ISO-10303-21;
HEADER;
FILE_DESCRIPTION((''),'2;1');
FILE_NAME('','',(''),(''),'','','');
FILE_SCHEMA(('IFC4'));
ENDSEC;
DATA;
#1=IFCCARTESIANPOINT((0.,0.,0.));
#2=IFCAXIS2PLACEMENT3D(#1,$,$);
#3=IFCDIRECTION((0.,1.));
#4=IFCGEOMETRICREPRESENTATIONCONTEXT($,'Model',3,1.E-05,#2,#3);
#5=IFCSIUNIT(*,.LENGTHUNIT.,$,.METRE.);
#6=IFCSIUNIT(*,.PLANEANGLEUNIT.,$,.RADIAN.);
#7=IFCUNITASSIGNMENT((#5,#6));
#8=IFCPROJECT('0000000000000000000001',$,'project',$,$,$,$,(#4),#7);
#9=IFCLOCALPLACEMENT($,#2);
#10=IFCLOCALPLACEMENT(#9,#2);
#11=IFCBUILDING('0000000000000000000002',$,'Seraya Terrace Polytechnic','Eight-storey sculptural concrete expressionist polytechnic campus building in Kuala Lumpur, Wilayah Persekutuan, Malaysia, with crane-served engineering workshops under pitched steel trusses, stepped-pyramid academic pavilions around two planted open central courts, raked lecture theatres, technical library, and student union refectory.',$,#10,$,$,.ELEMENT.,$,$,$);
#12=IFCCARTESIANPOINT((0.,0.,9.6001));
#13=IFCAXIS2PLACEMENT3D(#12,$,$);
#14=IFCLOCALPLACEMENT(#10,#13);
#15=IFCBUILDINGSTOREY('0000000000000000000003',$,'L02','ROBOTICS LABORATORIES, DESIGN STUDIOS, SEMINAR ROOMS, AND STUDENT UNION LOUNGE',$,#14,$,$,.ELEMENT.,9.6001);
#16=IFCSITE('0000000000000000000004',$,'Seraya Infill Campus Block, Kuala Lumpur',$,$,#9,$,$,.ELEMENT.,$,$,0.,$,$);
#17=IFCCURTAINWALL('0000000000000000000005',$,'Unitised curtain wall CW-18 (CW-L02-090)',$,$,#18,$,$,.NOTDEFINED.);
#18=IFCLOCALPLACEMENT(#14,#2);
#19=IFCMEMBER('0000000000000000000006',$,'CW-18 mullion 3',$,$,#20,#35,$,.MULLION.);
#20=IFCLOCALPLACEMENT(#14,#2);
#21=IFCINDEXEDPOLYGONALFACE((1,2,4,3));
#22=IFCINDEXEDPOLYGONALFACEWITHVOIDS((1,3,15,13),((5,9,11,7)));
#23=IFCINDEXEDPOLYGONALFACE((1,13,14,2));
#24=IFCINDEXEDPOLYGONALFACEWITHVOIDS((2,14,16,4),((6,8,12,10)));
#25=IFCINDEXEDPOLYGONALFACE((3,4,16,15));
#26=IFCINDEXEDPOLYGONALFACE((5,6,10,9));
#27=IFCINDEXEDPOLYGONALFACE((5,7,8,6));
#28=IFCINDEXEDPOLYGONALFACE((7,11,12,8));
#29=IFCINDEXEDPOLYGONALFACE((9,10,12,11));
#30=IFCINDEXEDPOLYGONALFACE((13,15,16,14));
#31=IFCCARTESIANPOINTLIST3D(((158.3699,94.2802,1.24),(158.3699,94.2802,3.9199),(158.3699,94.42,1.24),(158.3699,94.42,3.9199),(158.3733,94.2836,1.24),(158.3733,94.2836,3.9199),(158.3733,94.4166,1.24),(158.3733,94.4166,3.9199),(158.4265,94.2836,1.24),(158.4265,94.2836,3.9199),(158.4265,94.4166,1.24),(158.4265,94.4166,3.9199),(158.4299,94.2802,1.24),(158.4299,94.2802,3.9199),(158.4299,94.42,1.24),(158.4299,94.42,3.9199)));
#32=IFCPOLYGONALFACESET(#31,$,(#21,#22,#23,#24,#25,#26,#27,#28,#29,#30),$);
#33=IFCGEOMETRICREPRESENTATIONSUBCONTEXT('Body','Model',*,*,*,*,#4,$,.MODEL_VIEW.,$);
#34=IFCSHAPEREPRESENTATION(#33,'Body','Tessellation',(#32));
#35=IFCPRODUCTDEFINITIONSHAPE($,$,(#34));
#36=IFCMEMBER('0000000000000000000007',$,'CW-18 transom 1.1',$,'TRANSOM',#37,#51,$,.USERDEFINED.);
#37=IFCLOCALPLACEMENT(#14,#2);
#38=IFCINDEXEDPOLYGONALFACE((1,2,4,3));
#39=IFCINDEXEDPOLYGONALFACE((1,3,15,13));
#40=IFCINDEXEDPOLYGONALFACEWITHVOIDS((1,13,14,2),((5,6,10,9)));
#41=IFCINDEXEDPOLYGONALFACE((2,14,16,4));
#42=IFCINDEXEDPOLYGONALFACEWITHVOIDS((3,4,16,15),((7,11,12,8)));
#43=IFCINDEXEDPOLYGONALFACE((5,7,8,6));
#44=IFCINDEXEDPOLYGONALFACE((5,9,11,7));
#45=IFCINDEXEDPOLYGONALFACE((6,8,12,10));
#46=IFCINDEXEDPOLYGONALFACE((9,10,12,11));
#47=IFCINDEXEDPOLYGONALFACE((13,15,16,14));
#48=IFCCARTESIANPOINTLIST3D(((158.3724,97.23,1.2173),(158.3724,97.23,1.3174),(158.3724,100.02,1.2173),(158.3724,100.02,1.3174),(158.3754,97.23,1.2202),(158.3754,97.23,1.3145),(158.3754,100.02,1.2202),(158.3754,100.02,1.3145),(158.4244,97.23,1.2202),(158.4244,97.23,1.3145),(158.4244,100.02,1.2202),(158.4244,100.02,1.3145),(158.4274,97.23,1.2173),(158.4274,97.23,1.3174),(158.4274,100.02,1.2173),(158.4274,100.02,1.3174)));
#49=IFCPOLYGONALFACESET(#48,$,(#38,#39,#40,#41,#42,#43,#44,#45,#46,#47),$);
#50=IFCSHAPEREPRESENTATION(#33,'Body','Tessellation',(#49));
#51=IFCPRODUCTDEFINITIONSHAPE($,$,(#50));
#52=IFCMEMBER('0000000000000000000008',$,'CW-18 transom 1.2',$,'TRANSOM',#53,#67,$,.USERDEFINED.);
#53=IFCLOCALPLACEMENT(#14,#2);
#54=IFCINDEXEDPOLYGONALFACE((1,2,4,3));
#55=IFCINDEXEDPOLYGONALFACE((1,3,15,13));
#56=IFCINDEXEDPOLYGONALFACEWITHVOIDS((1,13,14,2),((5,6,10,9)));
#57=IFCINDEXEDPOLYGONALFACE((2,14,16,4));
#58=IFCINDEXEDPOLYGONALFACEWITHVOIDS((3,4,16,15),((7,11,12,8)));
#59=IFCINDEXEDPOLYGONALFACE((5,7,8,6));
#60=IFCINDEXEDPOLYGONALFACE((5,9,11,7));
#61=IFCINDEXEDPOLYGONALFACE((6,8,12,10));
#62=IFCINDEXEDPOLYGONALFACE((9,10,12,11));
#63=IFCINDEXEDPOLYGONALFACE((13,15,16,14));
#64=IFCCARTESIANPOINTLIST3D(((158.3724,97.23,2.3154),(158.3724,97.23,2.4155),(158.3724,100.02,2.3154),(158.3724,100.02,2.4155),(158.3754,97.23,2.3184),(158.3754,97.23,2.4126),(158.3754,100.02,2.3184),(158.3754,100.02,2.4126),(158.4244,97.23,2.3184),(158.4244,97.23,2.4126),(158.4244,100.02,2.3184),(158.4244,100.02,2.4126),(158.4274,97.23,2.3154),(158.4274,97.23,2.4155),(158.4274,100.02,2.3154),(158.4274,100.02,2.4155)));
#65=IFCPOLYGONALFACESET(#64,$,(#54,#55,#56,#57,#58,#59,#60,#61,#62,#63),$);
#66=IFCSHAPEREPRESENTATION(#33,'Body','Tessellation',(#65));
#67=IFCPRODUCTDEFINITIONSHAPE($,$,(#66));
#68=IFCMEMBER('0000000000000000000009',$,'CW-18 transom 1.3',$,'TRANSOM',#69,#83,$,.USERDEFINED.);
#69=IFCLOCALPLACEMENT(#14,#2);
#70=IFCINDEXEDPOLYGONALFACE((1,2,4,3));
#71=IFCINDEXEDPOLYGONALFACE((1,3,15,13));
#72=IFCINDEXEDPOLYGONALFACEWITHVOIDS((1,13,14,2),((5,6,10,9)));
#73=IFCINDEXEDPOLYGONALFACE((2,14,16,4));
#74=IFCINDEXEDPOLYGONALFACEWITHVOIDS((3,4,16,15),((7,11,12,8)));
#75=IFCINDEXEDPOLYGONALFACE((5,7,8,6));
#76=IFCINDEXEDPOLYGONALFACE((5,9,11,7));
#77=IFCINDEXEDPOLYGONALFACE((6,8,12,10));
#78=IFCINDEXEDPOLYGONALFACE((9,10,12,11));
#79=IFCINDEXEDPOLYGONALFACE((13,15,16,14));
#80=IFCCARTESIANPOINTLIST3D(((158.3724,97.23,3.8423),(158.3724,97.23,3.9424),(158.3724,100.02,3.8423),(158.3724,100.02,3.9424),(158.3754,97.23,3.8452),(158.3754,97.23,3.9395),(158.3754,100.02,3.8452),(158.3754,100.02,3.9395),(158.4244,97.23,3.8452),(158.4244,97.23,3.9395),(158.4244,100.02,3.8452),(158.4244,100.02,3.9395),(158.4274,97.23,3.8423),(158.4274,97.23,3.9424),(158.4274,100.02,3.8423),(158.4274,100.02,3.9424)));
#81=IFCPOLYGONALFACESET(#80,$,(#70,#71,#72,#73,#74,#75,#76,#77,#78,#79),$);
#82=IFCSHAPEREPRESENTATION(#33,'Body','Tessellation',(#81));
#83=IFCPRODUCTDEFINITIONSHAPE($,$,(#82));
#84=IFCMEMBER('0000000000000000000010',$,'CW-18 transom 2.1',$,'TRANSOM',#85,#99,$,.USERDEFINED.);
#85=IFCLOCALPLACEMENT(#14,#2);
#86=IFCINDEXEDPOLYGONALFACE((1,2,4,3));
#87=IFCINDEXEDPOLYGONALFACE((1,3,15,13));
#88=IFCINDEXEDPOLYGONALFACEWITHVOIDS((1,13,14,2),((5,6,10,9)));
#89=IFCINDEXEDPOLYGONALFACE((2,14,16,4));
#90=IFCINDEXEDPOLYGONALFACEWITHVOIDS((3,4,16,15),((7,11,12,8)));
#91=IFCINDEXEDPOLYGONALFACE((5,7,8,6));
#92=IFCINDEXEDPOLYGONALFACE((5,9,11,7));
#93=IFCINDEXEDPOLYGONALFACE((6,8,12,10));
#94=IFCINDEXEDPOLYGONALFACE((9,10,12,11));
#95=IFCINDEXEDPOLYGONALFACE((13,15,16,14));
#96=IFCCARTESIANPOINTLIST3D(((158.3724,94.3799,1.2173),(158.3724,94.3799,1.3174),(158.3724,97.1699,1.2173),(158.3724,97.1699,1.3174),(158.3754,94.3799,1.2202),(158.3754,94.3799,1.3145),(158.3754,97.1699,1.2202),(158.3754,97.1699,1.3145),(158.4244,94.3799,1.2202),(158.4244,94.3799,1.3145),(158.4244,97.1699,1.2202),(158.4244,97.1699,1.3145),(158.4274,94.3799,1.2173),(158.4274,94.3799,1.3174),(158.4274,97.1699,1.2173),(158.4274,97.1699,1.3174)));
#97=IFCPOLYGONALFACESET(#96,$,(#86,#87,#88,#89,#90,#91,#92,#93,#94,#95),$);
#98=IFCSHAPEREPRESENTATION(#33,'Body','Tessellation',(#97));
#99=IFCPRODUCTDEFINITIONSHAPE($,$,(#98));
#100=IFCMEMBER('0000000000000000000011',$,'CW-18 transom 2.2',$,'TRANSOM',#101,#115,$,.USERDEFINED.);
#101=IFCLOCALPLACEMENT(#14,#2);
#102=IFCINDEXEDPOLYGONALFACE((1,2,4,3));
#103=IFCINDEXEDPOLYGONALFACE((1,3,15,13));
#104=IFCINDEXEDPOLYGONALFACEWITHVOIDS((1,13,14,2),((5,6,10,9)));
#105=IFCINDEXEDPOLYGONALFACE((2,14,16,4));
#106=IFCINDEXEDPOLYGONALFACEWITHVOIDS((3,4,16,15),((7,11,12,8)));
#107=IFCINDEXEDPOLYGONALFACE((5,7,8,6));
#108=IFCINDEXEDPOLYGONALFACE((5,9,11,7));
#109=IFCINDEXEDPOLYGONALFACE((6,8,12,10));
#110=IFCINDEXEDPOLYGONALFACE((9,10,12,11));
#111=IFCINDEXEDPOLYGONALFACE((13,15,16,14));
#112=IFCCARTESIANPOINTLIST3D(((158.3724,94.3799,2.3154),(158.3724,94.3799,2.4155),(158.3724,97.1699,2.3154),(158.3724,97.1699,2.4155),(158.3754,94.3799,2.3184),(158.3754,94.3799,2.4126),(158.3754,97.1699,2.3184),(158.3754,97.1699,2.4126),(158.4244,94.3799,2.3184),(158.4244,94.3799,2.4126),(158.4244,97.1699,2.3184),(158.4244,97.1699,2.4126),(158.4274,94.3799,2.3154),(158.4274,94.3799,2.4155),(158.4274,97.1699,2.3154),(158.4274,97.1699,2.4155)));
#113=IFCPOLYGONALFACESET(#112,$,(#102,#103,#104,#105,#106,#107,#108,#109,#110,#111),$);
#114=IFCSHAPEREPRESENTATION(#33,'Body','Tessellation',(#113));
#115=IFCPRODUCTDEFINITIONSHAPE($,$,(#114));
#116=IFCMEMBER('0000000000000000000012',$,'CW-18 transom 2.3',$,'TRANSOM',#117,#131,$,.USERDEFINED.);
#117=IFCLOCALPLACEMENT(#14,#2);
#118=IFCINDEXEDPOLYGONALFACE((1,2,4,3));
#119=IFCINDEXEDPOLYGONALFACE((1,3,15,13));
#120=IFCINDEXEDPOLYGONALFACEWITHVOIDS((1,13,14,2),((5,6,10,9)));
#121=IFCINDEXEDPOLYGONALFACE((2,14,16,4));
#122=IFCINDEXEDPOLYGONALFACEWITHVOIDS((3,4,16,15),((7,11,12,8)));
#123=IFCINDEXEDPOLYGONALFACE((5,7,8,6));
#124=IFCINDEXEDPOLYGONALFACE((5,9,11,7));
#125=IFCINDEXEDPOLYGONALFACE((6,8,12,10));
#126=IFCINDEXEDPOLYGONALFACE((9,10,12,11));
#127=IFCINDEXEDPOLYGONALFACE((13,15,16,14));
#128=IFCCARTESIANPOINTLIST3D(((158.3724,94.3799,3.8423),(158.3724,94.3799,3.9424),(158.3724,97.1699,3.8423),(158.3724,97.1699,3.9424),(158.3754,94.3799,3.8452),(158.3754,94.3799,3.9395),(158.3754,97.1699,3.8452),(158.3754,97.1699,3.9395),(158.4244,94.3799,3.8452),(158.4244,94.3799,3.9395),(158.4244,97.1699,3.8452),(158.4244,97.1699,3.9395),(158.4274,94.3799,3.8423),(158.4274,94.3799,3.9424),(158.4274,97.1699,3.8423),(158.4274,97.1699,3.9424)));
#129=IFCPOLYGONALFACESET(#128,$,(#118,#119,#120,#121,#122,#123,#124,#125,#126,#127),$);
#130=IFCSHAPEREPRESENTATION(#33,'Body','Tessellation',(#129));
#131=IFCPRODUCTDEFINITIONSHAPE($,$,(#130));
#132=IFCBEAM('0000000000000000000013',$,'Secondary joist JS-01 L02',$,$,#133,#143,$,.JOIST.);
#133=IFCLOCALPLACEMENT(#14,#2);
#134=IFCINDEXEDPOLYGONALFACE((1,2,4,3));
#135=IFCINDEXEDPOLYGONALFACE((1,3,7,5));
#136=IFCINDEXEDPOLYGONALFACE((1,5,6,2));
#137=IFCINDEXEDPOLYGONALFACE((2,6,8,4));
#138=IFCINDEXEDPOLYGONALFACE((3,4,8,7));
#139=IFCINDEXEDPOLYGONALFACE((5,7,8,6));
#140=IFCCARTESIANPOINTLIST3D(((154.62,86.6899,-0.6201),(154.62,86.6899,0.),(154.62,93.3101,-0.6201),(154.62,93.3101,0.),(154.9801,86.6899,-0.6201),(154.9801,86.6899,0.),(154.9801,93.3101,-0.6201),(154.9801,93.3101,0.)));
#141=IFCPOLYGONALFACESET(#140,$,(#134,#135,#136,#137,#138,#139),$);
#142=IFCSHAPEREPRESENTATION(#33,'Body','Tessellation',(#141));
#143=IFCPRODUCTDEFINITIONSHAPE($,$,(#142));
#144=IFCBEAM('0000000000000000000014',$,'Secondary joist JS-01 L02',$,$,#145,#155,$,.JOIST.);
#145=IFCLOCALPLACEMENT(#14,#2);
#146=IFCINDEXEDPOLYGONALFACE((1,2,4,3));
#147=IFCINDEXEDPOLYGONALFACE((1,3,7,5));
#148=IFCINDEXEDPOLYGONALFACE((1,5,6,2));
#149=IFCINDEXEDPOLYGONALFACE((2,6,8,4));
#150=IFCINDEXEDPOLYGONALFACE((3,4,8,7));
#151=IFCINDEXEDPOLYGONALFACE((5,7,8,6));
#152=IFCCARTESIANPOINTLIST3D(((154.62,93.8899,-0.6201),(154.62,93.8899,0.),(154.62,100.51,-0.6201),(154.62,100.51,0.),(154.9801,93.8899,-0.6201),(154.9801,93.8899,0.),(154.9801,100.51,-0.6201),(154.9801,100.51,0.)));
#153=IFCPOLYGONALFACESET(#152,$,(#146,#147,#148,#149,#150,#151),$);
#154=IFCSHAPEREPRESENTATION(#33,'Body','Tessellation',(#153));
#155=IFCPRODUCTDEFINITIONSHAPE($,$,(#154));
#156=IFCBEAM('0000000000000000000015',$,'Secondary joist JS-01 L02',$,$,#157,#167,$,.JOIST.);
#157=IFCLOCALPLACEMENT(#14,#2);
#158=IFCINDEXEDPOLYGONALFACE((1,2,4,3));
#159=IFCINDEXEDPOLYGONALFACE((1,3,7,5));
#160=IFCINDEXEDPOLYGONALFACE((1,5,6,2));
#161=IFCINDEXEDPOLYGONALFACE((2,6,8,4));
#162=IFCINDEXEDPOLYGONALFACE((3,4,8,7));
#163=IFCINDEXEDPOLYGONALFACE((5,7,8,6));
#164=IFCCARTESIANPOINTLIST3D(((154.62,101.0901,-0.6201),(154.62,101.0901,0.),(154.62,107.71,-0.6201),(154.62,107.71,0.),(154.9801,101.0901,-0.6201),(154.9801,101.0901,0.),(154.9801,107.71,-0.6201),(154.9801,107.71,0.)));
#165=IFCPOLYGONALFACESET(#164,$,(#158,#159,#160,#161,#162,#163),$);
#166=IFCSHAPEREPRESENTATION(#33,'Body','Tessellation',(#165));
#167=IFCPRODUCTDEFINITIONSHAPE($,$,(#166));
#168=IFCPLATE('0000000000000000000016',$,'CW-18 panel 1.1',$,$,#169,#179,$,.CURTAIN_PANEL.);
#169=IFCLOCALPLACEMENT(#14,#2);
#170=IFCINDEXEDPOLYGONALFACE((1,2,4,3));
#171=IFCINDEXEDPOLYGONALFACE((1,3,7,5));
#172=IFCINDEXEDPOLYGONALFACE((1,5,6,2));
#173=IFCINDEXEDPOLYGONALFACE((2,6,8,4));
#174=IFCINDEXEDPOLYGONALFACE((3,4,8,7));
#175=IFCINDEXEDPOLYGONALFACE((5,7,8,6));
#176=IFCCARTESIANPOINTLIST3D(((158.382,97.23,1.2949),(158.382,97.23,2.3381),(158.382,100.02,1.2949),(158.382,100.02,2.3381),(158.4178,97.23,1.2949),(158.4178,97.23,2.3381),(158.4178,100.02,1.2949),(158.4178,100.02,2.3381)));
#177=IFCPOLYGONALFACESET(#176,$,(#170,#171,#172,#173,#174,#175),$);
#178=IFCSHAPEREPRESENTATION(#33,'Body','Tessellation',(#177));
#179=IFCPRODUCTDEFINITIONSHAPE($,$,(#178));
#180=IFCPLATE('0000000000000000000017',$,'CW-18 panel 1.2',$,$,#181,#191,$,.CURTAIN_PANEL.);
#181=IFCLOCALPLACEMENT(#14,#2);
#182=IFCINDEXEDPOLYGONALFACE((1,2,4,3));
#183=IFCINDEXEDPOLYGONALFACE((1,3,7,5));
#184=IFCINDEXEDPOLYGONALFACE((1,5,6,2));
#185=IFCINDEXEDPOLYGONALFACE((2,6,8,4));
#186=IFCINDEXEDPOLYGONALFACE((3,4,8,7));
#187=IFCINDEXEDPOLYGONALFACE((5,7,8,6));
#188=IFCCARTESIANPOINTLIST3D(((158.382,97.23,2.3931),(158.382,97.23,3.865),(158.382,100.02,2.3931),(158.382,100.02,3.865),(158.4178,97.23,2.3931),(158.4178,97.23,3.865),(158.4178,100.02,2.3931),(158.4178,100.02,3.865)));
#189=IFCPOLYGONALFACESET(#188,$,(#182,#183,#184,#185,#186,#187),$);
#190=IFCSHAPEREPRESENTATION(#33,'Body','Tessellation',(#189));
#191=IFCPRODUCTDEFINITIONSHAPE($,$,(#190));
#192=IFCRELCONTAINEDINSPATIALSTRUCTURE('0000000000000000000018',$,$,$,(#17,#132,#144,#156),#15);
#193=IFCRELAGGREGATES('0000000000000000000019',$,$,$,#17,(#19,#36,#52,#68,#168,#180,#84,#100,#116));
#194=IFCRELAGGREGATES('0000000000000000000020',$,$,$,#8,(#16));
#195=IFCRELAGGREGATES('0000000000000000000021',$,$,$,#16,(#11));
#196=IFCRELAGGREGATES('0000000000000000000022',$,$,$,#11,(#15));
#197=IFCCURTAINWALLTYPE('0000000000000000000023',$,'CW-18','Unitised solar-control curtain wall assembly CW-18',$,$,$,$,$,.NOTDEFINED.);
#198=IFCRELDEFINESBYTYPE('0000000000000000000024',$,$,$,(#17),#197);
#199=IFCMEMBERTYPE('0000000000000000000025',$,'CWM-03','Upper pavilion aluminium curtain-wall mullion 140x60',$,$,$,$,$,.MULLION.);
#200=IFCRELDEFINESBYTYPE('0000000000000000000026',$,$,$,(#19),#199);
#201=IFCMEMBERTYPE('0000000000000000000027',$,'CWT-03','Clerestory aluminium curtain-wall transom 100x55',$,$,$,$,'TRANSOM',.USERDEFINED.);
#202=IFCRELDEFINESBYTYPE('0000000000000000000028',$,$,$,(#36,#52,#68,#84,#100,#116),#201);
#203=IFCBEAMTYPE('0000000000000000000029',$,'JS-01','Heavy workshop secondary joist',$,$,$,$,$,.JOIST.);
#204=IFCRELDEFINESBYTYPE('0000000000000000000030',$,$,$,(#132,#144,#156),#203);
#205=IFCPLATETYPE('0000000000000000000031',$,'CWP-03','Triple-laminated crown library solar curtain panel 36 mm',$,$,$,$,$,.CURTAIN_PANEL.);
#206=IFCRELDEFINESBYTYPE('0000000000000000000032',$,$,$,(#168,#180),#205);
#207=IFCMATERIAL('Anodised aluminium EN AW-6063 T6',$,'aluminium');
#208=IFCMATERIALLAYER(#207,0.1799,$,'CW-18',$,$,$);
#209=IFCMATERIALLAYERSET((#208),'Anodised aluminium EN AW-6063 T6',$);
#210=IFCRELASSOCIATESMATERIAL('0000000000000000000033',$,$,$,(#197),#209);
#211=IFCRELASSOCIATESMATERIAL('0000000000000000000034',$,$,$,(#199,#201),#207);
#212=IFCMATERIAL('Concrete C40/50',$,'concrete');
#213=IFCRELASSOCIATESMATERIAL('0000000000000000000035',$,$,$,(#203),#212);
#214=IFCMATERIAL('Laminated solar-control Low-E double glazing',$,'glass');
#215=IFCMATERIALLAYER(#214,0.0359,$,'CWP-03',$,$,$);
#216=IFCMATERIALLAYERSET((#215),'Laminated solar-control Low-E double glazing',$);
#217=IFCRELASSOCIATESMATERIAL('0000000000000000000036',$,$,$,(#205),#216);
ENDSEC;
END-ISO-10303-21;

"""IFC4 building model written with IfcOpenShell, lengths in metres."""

from ifc_helpers import new_model, si_unit, direction, frame, origin, origin_2d, place, context, subcontext, project, spatial, rectangle, hollow_rectangle, extrude, material, layer, layer_set, material_profile, profile_set, type_object, element, aggregate, save


model = new_model("IFC4")

# Units and contexts
model_context = context("Model", 3, precision=1e-05, world=origin(), true_north=direction((0.0, 1.0)))
body_context = subcontext(model_context, "Body", "Model", "MODEL_VIEW")
ifc_project = project(units=[si_unit("LENGTHUNIT", "METRE"), si_unit("PLANEANGLEUNIT", "RADIAN")], contexts=[model_context])

# Site, building, storey
site_placement = place(None, origin())
site = spatial("IfcSite", under=ifc_project, at=site_placement, Name="Seraya Infill Campus Block, Kuala Lumpur", CompositionType="ELEMENT", RefElevation=0.0)
building_placement = place(site_placement, origin())
building = spatial("IfcBuilding", under=site, at=building_placement, Name="Seraya Terrace Polytechnic", Description="Eight-storey sculptural concrete expressionist polytechnic campus building in Kuala Lumpur, Wilayah Persekutuan, Malaysia, with crane-served engineering workshops under pitched steel trusses, stepped-pyramid academic pavilions around two planted open central courts, raked lecture theatres, technical library, and student union refectory.", CompositionType="ELEMENT")
storey_placement = place(building_placement, frame((0.0, 0.0, 9.6001)))
storey = spatial("IfcBuildingStorey", under=building, at=storey_placement, Name="L02", Description="ROBOTICS LABORATORIES, DESIGN STUDIOS, SEMINAR ROOMS, AND STUDENT UNION LOUNGE", CompositionType="ELEMENT", Elevation=9.6001)

# Shared definitions
ifc_material_1 = material(Name="Concrete C40/50", Category="concrete")

# Curtain wall, members
ifc_material_2 = material(Name="Anodised aluminium EN AW-6063 T6", Category="aluminium")
ifc_layer_1 = layer(ifc_material_2, 0.1799, Name="CW-18")
ifc_layer_set_1 = layer_set([ifc_layer_1], Name="Anodised aluminium EN AW-6063 T6")
curtain_wall_type = type_object("IfcCurtainWallType", Name="CW-18", Description="Unitised solar-control curtain wall assembly CW-18", PredefinedType="NOTDEFINED", material=ifc_layer_set_1)
curtain_wall_placement = place(storey_placement, origin())
curtain_wall = element("IfcCurtainWall", 1, at=curtain_wall_placement, inside=storey, type_object=curtain_wall_type, Name="Unitised curtain wall CW-18 (CW-L02-090)", PredefinedType="NOTDEFINED")
ifc_material_profile_1 = material_profile(ifc_material_2, hollow_rectangle(XDim=0.0601, YDim=0.1399, WallThickness=0.0034, at=origin_2d()), Name="RHS 140x60x3.5")
ifc_profile_set_1 = profile_set([ifc_material_profile_1], Name="Anodised aluminium EN AW-6063 T6")
member_type_1 = type_object("IfcMemberType", Name="CWM-03", Description="Upper pavilion aluminium curtain-wall mullion 140x60", PredefinedType="MULLION", material=ifc_profile_set_1)
member_1_placement = place(storey_placement, frame((158.3999, 94.3501, 1.24), z_axis=(0.0, 0.0, 1.0), x_axis=(1.0, 0.0, 0.0)))
member_1 = element("IfcMember", 2, at=member_1_placement, type_object=member_type_1, Name="CW-18 mullion 3", PredefinedType="MULLION", context=body_context, shape_type="SweptSolid", body=[
    extrude(hollow_rectangle(XDim=0.0601, YDim=0.1399, WallThickness=0.0034, at=origin_2d()), origin(), (0.0, 0.0, 1.0), 2.6799),
])
ifc_material_profile_2 = material_profile(ifc_material_2, hollow_rectangle(XDim=0.0549, YDim=0.1001, WallThickness=0.0029, at=origin_2d()), Name="RHS 100x55x3.0")
ifc_profile_set_2 = profile_set([ifc_material_profile_2], Name="Anodised aluminium EN AW-6063 T6")
member_type_2 = type_object("IfcMemberType", Name="CWT-03", Description="Clerestory aluminium curtain-wall transom 100x55", ElementType="TRANSOM", PredefinedType="USERDEFINED", material=ifc_profile_set_2)
member_2_placement = place(storey_placement, frame((158.3999, 100.02, 1.2673), z_axis=(0.0, -1.0, 0.0), x_axis=(1.0, 0.0, 0.0)))
member_2 = element("IfcMember", 3, at=member_2_placement, type_object=member_type_2, Name="CW-18 transom 1.1", ObjectType="TRANSOM", PredefinedType="USERDEFINED", context=body_context, shape_type="SweptSolid", body=[
    extrude(hollow_rectangle(XDim=0.0549, YDim=0.1001, WallThickness=0.0029, at=origin_2d()), origin(), (0.0, 0.0, 1.0), 2.79),
])
member_3_placement = place(storey_placement, frame((158.3999, 100.02, 2.3655), z_axis=(0.0, -1.0, 0.0), x_axis=(1.0, 0.0, 0.0)))
member_3 = element("IfcMember", 4, at=member_3_placement, type_object=member_type_2, Name="CW-18 transom 1.2", ObjectType="TRANSOM", PredefinedType="USERDEFINED", context=body_context, shape_type="SweptSolid", body=[
    extrude(hollow_rectangle(XDim=0.0549, YDim=0.1001, WallThickness=0.0029, at=origin_2d()), origin(), (0.0, 0.0, 1.0), 2.79),
])
member_4_placement = place(storey_placement, frame((158.3999, 100.02, 3.8923), z_axis=(0.0, -1.0, 0.0), x_axis=(1.0, 0.0, 0.0)))
member_4 = element("IfcMember", 5, at=member_4_placement, type_object=member_type_2, Name="CW-18 transom 1.3", ObjectType="TRANSOM", PredefinedType="USERDEFINED", context=body_context, shape_type="SweptSolid", body=[
    extrude(hollow_rectangle(XDim=0.0549, YDim=0.1001, WallThickness=0.0029, at=origin_2d()), origin(), (0.0, 0.0, 1.0), 2.79),
])
member_5_placement = place(storey_placement, frame((158.3999, 97.1699, 1.2673), z_axis=(0.0, -1.0, 0.0), x_axis=(1.0, 0.0, 0.0)))
member_5 = element("IfcMember", 6, at=member_5_placement, type_object=member_type_2, Name="CW-18 transom 2.1", ObjectType="TRANSOM", PredefinedType="USERDEFINED", context=body_context, shape_type="SweptSolid", body=[
    extrude(hollow_rectangle(XDim=0.0549, YDim=0.1001, WallThickness=0.0029, at=origin_2d()), origin(), (0.0, 0.0, 1.0), 2.79),
])
member_6_placement = place(storey_placement, frame((158.3999, 97.1699, 2.3655), z_axis=(0.0, -1.0, 0.0), x_axis=(1.0, 0.0, 0.0)))
member_6 = element("IfcMember", 7, at=member_6_placement, type_object=member_type_2, Name="CW-18 transom 2.2", ObjectType="TRANSOM", PredefinedType="USERDEFINED", context=body_context, shape_type="SweptSolid", body=[
    extrude(hollow_rectangle(XDim=0.0549, YDim=0.1001, WallThickness=0.0029, at=origin_2d()), origin(), (0.0, 0.0, 1.0), 2.79),
])
member_7_placement = place(storey_placement, frame((158.3999, 97.1699, 3.8923), z_axis=(0.0, -1.0, 0.0), x_axis=(1.0, 0.0, 0.0)))
member_7 = element("IfcMember", 8, at=member_7_placement, type_object=member_type_2, Name="CW-18 transom 2.3", ObjectType="TRANSOM", PredefinedType="USERDEFINED", context=body_context, shape_type="SweptSolid", body=[
    extrude(hollow_rectangle(XDim=0.0549, YDim=0.1001, WallThickness=0.0029, at=origin_2d()), origin(), (0.0, 0.0, 1.0), 2.79),
])

# Beams
ifc_material_profile_3 = material_profile(ifc_material_1, rectangle(XDim=0.3601, YDim=0.6201, at=origin_2d()), Name="RC 360x620")
ifc_profile_set_3 = profile_set([ifc_material_profile_3], Name="Concrete C40/50")
beam_type_1 = type_object("IfcBeamType", Name="JS-01", Description="Heavy workshop secondary joist", PredefinedType="JOIST", material=ifc_profile_set_3)
for number, where, z_axis, x_axis, name in (
    (9, (154.8, 86.6899, -0.3101), (0.0, 1.0, 0.0), (-1.0, 0.0, 0.0), "Secondary joist JS-01 L02"),
    (10, (154.8, 93.8899, -0.3101), (0.0, 1.0, 0.0), (-1.0, 0.0, 0.0), "Secondary joist JS-01 L02"),
):
    element("IfcBeam", number, at=place(storey_placement, frame(where, z_axis=z_axis, x_axis=x_axis)), inside=storey, type_object=beam_type_1, Name=name, PredefinedType="JOIST", context=body_context, shape_type="SweptSolid", body=[
        extrude(rectangle(XDim=0.3601, YDim=0.6201, at=origin_2d()), origin(), (0.0, 0.0, 1.0), 6.6201),
    ])
beam_1_placement = place(storey_placement, frame((154.8, 101.0901, -0.3101), z_axis=(0.0, 1.0, 0.0), x_axis=(-1.0, 0.0, 0.0)))
element("IfcBeam", 11, at=beam_1_placement, inside=storey, type_object=beam_type_1, Name="Secondary joist JS-01 L02", PredefinedType="JOIST", context=body_context, shape_type="SweptSolid", body=[
    extrude(rectangle(XDim=0.3601, YDim=0.6201, at=origin_2d()), origin(), (0.0, 0.0, 1.0), 6.6199),
])

# Plates
ifc_material_3 = material(Name="Laminated solar-control Low-E double glazing", Category="glass")
ifc_layer_2 = layer(ifc_material_3, 0.0359, Name="CWP-03")
ifc_layer_set_2 = layer_set([ifc_layer_2], Name="Laminated solar-control Low-E double glazing")
plate_type = type_object("IfcPlateType", Name="CWP-03", Description="Triple-laminated crown library solar curtain panel 36 mm", PredefinedType="CURTAIN_PANEL", material=ifc_layer_set_2)
plate_1_placement = place(storey_placement, frame((158.3999, 98.625, 1.2949), z_axis=(0.0, 0.0, 1.0), x_axis=(0.0, -1.0, 0.0)))
plate_1 = element("IfcPlate", 12, at=plate_1_placement, type_object=plate_type, Name="CW-18 panel 1.1", PredefinedType="CURTAIN_PANEL", context=body_context, shape_type="SweptSolid", body=[
    extrude(rectangle(XDim=2.79, YDim=0.0359, at=origin_2d()), origin(), (0.0, 0.0, 1.0), 1.0432),
])
plate_2_placement = place(storey_placement, frame((158.3999, 98.625, 2.3931), z_axis=(0.0, 0.0, 1.0), x_axis=(0.0, -1.0, 0.0)))
plate_2 = element("IfcPlate", 13, at=plate_2_placement, type_object=plate_type, Name="CW-18 panel 1.2", PredefinedType="CURTAIN_PANEL", context=body_context, shape_type="SweptSolid", body=[
    extrude(rectangle(XDim=2.79, YDim=0.0359, at=origin_2d()), origin(), (0.0, 0.0, 1.0), 1.4719),
])
aggregate(curtain_wall, [member_1, member_2, member_3, member_4, plate_1, plate_2, member_5, member_6, member_7])

save(model, "model.ifc")
